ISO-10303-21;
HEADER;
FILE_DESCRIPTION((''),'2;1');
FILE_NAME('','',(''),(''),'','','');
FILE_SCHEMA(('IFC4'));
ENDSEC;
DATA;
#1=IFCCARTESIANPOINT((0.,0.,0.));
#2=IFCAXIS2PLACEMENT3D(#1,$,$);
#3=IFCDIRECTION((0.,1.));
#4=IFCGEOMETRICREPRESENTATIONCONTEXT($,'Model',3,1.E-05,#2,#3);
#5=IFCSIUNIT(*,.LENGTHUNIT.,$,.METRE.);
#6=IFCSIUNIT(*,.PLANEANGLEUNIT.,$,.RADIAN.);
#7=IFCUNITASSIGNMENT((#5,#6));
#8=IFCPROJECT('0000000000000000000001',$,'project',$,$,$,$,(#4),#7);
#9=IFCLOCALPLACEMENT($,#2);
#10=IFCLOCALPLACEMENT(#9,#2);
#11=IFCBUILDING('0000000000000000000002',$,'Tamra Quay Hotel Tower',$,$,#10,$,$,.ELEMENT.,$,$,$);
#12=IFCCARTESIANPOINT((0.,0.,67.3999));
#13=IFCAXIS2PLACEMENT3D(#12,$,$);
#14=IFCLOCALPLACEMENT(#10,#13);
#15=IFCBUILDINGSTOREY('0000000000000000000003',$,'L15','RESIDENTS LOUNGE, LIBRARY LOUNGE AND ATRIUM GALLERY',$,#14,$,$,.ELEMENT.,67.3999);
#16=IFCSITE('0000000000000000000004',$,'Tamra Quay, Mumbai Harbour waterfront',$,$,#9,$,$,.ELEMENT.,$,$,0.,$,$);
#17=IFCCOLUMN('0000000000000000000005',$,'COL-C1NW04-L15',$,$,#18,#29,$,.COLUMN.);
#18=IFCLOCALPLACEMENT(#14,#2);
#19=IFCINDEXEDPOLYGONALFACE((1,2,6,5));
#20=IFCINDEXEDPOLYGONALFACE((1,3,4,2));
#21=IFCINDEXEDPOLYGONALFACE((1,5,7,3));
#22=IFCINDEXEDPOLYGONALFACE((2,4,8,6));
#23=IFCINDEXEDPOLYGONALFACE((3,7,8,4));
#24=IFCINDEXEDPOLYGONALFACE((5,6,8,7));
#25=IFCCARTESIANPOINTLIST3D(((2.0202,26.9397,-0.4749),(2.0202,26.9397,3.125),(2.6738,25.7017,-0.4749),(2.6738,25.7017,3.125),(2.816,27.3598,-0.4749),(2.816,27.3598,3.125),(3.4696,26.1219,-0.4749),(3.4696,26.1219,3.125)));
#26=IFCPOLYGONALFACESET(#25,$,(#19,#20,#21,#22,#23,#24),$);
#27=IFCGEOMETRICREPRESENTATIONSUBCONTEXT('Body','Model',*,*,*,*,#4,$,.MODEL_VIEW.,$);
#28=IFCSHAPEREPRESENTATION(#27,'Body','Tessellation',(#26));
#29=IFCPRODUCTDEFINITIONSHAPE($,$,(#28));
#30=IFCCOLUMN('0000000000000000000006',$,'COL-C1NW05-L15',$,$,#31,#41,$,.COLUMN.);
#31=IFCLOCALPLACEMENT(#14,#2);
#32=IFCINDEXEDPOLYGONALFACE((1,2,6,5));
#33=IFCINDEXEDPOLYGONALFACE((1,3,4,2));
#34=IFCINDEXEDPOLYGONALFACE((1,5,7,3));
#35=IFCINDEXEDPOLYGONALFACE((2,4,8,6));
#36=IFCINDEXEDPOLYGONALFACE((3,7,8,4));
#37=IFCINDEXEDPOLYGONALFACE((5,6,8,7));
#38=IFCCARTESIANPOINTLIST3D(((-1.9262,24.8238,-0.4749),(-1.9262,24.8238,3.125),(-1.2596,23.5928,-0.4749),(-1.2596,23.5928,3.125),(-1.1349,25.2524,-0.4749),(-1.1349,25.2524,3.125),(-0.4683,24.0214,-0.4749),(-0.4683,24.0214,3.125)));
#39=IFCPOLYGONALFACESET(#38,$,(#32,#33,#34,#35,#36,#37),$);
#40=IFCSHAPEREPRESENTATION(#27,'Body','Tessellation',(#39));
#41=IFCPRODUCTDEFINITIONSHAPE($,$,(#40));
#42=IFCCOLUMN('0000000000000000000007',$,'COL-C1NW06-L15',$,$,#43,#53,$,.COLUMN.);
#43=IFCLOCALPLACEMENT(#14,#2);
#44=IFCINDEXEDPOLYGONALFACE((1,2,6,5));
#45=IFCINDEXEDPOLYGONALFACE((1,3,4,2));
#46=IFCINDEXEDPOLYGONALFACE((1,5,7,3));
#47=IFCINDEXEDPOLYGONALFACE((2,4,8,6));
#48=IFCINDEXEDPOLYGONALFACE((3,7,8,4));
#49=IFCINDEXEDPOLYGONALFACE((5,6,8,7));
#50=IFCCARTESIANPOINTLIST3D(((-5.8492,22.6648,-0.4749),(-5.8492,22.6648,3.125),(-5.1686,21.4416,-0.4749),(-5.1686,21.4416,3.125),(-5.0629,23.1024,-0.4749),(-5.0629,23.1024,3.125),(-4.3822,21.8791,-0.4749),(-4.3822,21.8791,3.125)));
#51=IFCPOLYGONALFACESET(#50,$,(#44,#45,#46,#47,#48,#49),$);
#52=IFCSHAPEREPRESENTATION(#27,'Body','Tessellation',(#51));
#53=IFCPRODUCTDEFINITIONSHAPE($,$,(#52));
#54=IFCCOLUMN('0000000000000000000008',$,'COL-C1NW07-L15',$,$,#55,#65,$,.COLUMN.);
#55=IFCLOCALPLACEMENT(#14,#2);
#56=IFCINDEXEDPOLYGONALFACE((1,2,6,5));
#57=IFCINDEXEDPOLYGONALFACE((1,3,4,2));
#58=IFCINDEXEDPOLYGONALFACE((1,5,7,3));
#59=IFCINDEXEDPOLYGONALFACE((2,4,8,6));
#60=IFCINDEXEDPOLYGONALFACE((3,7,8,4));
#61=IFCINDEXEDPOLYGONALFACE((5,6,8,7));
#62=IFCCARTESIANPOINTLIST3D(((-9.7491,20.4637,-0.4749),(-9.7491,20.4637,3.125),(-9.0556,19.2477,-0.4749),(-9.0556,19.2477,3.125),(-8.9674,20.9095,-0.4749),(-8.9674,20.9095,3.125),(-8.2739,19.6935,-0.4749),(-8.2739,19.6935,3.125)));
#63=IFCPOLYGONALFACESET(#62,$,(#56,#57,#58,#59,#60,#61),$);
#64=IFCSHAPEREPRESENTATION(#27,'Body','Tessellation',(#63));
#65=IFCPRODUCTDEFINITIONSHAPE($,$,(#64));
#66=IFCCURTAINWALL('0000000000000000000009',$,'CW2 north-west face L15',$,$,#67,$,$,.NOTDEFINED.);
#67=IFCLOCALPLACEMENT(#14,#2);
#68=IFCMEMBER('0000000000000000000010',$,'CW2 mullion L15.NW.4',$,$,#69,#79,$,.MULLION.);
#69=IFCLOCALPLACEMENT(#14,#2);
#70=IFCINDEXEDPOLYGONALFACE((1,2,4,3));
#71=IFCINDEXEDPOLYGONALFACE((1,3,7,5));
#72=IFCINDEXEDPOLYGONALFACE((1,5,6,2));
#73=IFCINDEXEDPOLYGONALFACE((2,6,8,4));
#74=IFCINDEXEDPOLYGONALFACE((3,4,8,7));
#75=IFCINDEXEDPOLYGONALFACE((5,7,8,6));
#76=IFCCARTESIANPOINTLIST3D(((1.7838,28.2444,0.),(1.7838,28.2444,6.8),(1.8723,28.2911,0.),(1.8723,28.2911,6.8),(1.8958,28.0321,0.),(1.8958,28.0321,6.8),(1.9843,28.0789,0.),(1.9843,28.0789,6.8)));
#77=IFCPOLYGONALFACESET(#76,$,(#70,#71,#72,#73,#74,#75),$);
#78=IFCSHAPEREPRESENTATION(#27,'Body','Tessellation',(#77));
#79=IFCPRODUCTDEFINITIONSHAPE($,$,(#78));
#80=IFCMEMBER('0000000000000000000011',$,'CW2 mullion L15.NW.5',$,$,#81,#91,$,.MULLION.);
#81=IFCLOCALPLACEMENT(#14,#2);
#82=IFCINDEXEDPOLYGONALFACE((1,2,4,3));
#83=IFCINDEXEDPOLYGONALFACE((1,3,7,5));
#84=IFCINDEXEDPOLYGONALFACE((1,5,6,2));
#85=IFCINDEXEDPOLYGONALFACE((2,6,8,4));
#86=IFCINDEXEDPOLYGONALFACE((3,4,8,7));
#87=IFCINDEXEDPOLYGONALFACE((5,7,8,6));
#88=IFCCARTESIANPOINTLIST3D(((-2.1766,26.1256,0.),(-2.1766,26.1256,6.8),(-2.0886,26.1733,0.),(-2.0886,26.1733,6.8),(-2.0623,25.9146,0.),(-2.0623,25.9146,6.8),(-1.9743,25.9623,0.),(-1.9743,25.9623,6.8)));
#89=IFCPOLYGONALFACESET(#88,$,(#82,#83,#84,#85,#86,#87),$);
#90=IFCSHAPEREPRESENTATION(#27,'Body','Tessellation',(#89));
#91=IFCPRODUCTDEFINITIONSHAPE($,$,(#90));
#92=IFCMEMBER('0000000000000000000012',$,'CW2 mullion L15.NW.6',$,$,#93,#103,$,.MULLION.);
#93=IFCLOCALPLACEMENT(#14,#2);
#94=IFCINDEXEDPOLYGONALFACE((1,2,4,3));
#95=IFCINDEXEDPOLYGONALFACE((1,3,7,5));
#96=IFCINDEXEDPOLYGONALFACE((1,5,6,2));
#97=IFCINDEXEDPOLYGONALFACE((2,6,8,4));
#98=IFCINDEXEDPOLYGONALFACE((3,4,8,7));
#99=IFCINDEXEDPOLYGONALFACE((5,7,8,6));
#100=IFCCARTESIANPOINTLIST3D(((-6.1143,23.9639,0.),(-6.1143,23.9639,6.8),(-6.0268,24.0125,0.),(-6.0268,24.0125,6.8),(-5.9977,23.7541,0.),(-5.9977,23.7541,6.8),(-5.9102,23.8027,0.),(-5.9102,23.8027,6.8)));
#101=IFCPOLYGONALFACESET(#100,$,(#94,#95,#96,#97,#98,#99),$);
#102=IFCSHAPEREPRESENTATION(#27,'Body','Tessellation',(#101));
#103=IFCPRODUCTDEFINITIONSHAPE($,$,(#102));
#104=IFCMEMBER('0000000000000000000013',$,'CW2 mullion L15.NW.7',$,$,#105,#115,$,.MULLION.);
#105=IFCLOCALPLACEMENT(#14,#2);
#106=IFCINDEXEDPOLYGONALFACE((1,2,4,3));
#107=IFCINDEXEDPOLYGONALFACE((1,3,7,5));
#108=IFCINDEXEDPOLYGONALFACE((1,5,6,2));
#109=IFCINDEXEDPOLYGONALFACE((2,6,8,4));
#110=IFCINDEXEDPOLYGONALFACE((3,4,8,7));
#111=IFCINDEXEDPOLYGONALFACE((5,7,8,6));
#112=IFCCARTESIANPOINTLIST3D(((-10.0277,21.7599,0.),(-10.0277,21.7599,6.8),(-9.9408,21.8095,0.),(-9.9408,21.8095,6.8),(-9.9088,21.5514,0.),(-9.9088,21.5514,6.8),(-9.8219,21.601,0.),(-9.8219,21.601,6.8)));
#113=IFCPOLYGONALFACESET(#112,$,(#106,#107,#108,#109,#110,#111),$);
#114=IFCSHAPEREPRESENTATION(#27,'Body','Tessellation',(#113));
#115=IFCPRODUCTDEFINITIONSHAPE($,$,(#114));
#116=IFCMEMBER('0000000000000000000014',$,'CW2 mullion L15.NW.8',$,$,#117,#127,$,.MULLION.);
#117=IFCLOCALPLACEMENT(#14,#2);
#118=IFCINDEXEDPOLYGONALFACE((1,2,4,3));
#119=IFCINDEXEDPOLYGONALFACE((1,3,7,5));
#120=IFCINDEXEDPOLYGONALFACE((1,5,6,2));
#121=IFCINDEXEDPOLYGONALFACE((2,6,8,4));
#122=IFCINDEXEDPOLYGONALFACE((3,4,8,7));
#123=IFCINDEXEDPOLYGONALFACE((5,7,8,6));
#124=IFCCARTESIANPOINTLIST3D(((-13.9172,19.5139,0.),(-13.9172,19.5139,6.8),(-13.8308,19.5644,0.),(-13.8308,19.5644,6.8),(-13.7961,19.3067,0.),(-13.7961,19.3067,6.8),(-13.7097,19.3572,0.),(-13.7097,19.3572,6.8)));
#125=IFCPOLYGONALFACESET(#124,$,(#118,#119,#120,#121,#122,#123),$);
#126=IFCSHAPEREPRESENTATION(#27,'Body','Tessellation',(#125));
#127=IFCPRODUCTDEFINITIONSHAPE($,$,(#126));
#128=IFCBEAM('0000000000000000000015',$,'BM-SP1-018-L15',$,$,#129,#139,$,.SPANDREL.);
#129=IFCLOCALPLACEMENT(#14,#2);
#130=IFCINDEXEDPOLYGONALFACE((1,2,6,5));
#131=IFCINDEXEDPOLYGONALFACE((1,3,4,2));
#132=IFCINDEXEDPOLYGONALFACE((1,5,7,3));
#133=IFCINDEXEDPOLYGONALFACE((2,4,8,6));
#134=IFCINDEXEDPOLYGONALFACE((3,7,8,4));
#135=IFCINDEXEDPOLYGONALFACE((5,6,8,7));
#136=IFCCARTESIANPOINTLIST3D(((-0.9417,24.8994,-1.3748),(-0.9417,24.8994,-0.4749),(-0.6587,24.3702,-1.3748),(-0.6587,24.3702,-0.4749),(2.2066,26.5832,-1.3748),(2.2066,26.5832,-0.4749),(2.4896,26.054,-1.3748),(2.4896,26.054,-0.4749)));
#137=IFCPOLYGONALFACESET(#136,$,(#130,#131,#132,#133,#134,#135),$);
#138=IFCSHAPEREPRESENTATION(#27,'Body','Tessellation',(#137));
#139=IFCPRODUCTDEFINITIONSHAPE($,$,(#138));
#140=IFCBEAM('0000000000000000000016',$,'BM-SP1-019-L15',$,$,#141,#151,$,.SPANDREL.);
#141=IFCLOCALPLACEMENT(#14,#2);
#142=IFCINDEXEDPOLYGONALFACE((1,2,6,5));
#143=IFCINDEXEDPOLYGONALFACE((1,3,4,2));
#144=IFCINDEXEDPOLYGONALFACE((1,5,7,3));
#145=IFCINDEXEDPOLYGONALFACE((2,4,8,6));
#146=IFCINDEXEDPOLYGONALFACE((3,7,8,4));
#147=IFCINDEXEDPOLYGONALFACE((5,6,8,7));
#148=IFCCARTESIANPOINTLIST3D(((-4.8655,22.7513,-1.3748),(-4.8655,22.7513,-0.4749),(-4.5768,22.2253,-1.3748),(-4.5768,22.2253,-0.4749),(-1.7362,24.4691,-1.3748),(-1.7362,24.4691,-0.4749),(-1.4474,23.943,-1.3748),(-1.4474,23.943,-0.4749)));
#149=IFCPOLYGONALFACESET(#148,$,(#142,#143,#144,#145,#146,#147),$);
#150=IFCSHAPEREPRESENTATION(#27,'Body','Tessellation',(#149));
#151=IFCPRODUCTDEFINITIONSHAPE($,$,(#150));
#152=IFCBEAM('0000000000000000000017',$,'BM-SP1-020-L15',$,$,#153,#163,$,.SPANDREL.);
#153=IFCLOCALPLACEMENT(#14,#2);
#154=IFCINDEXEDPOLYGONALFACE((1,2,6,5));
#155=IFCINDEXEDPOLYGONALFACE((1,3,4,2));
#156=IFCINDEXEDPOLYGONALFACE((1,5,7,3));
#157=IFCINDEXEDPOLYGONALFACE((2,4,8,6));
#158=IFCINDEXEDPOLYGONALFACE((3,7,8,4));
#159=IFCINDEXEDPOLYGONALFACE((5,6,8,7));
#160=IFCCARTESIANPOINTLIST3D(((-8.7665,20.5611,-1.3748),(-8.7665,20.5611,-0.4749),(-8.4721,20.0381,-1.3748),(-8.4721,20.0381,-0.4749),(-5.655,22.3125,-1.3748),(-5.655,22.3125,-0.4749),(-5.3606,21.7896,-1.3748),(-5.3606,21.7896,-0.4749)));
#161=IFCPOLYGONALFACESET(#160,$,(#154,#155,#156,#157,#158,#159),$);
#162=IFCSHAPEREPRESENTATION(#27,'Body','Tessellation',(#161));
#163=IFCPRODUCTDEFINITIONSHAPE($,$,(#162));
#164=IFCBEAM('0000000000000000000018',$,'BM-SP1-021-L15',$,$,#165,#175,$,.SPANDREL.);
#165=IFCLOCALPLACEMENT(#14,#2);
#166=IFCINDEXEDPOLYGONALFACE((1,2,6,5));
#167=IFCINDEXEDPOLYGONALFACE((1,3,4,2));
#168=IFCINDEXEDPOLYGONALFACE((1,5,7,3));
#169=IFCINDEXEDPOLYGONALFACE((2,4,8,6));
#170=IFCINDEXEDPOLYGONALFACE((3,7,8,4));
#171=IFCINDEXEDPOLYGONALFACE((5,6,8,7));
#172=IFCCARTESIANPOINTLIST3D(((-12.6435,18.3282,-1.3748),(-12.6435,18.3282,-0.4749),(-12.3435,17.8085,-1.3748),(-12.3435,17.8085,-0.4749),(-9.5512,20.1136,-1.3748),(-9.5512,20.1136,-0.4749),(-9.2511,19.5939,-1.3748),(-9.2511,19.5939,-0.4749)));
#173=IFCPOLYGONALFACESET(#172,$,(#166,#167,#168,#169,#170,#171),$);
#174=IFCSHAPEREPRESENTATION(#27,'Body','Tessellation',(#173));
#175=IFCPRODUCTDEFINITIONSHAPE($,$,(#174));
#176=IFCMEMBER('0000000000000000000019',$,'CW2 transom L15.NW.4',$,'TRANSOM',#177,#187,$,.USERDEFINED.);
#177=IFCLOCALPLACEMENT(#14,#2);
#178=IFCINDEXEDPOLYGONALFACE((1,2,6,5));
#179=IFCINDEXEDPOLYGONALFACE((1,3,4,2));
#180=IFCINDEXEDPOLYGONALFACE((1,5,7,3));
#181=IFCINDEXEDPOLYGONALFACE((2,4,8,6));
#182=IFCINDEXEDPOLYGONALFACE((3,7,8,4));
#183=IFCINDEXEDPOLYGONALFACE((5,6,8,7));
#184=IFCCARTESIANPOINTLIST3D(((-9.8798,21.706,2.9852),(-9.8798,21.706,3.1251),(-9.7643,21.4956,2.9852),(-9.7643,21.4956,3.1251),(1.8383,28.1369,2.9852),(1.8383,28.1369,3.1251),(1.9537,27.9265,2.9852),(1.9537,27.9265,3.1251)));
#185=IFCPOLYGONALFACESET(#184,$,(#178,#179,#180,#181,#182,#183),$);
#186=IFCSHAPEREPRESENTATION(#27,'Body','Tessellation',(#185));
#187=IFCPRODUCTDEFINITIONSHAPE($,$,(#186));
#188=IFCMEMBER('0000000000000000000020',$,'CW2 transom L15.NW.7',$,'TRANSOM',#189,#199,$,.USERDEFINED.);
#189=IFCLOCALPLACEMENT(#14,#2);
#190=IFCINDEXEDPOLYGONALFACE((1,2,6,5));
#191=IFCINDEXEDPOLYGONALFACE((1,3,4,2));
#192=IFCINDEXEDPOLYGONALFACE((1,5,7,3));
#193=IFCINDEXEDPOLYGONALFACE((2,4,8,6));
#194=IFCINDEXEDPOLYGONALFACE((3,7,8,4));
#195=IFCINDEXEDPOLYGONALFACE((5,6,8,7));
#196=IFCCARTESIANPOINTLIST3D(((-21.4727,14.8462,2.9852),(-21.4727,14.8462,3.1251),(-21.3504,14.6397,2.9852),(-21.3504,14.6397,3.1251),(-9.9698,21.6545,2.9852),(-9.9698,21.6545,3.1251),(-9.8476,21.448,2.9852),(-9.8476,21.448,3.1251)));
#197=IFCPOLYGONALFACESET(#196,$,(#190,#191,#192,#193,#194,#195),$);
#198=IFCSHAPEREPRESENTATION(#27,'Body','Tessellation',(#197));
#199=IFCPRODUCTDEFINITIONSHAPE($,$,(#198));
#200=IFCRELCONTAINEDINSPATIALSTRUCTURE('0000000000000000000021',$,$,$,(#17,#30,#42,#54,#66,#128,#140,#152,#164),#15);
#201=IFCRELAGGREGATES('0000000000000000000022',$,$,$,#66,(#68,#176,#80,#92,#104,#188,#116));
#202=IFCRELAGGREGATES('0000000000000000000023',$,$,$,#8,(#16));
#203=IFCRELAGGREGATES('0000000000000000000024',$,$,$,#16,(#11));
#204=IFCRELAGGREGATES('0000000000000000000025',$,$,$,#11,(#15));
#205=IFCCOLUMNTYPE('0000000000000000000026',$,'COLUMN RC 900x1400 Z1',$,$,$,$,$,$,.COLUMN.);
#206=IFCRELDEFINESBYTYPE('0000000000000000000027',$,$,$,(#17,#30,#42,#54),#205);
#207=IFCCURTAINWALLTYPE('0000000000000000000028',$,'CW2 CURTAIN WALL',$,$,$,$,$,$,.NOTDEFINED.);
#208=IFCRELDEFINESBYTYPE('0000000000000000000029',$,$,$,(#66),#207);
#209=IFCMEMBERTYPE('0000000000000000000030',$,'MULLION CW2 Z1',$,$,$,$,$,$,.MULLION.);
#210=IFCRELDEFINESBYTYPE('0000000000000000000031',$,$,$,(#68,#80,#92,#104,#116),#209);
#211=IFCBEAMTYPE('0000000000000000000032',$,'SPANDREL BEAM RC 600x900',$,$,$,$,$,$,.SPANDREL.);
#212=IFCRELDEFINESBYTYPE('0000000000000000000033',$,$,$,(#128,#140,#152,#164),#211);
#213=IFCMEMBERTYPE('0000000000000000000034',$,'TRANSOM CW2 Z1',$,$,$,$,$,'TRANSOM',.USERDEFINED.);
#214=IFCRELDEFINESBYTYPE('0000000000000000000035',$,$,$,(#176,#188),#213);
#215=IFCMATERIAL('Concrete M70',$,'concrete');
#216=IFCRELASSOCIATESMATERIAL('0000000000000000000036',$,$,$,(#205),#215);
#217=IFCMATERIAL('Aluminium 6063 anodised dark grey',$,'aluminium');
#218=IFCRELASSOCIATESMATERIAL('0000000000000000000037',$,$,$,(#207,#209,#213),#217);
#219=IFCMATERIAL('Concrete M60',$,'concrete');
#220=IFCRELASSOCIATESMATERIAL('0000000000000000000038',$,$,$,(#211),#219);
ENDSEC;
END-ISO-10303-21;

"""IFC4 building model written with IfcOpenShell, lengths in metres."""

from ifc_helpers import new_model, si_unit, direction, frame, origin, origin_2d, place, context, subcontext, project, spatial, rectangle, extrude, material, material_profile, profile_set, type_object, element, aggregate, save


model = new_model("IFC4")

# Units and contexts
model_context = context("Model", 3, precision=1e-05, world=origin(), true_north=direction((0.0, 1.0)))
body_context = subcontext(model_context, "Body", "Model", "MODEL_VIEW")
ifc_project = project(units=[si_unit("LENGTHUNIT", "METRE"), si_unit("PLANEANGLEUNIT", "RADIAN")], contexts=[model_context])

# Site, building, storey
site_placement = place(None, origin())
site = spatial("IfcSite", under=ifc_project, at=site_placement, Name="Tamra Quay, Mumbai Harbour waterfront", CompositionType="ELEMENT", RefElevation=0.0)
building_placement = place(site_placement, origin())
building = spatial("IfcBuilding", under=site, at=building_placement, Name="Tamra Quay Hotel Tower", CompositionType="ELEMENT")
storey_placement = place(building_placement, frame((0.0, 0.0, 67.3999)))
storey = spatial("IfcBuildingStorey", under=building, at=storey_placement, Name="L15", Description="RESIDENTS LOUNGE, LIBRARY LOUNGE AND ATRIUM GALLERY", CompositionType="ELEMENT", Elevation=67.3999)

# Columns
ifc_material_1 = material(Name="Concrete M70", Category="concrete")
ifc_material_profile_1 = material_profile(ifc_material_1, rectangle(XDim=1.3999, YDim=0.8999, at=origin_2d()), Name="COLUMN RC 900x1400 Z1")
ifc_profile_set_1 = profile_set([ifc_material_profile_1], Name="Concrete M70")
column_type = type_object("IfcColumnType", Name="COLUMN RC 900x1400 Z1", PredefinedType="COLUMN", material=ifc_profile_set_1)
for number, where, z_axis, x_axis, name in (
    (1, (2.7449, 26.5308, -0.4749), (0.0, 0.0, 1.0), (-0.466896, 0.884312, 0.0), "COL-C1NW04-L15"),
    (2, (-1.1973, 24.4226, -0.4749), (0.0, 0.0, 1.0), (-0.476198, 0.879338, 0.0), "COL-C1NW05-L15"),
    (3, (-5.1157, 22.272, -0.4749), (0.0, 0.0, 1.0), (-0.486221, 0.873836, 0.0), "COL-C1NW06-L15"),
    (4, (-9.0115, 20.0786, -0.4749), (0.0, 0.0, 1.0), (-0.495421, 0.868653, 0.0), "COL-C1NW07-L15"),
):
    element("IfcColumn", number, at=place(storey_placement, frame(where, z_axis=z_axis, x_axis=x_axis)), inside=storey, type_object=column_type, Name=name, PredefinedType="COLUMN", context=body_context, shape_type="SweptSolid", body=[
        extrude(rectangle(XDim=1.3999, YDim=0.8999, at=origin_2d()), origin(), (0.0, 0.0, 1.0), 3.5999),
    ])

# Curtain wall, members
ifc_material_2 = material(Name="Aluminium 6063 anodised dark grey", Category="aluminium")
curtain_wall_type = type_object("IfcCurtainWallType", Name="CW2 CURTAIN WALL", PredefinedType="NOTDEFINED", material=ifc_material_2)
curtain_wall_placement = place(storey_placement, origin())
curtain_wall = element("IfcCurtainWall", 5, at=curtain_wall_placement, inside=storey, type_object=curtain_wall_type, Name="CW2 north-west face L15", PredefinedType="NOTDEFINED")
ifc_material_profile_2 = material_profile(ifc_material_2, rectangle(XDim=0.24, YDim=0.1001, at=origin_2d()), Name="MULLION 100X240")
ifc_profile_set_2 = profile_set([ifc_material_profile_2], Name="Aluminium 6063 anodised dark grey")
member_type_1 = type_object("IfcMemberType", Name="MULLION CW2 Z1", PredefinedType="MULLION", material=ifc_profile_set_2)
member_1_placement = place(storey_placement, frame((1.884, 28.1616, 0.0), z_axis=(0.0, 0.0, 1.0), x_axis=(-0.466835, 0.884344, 0.0)))
member_1 = element("IfcMember", 6, at=member_1_placement, type_object=member_type_1, Name="CW2 mullion L15.NW.4", PredefinedType="MULLION", context=body_context, shape_type="SweptSolid", body=[
    extrude(rectangle(XDim=0.24, YDim=0.1001, at=origin_2d()), origin(), (0.0, 0.0, 1.0), 6.8),
])
member_2_placement = place(storey_placement, frame((-2.0754, 26.0439, 0.0), z_axis=(0.0, 0.0, 1.0), x_axis=(-0.476376, 0.879241, 0.0)))
member_2 = element("IfcMember", 7, at=member_2_placement, type_object=member_type_1, Name="CW2 mullion L15.NW.5", PredefinedType="MULLION", context=body_context, shape_type="SweptSolid", body=[
    extrude(rectangle(XDim=0.24, YDim=0.1001, at=origin_2d()), origin(), (0.0, 0.0, 1.0), 6.8),
])
member_3_placement = place(storey_placement, frame((-6.0122, 23.8833, 0.0), z_axis=(0.0, 0.0, 1.0), x_axis=(-0.485863, 0.874035, 0.0)))
member_3 = element("IfcMember", 8, at=member_3_placement, type_object=member_type_1, Name="CW2 mullion L15.NW.6", PredefinedType="MULLION", context=body_context, shape_type="SweptSolid", body=[
    extrude(rectangle(XDim=0.24, YDim=0.1001, at=origin_2d()), origin(), (0.0, 0.0, 1.0), 6.8),
])
member_4_placement = place(storey_placement, frame((-9.9248, 21.6804, 0.0), z_axis=(0.0, 0.0, 1.0), x_axis=(-0.4953, 0.868722, 0.0)))
member_4 = element("IfcMember", 9, at=member_4_placement, type_object=member_type_1, Name="CW2 mullion L15.NW.7", PredefinedType="MULLION", context=body_context, shape_type="SweptSolid", body=[
    extrude(rectangle(XDim=0.24, YDim=0.1001, at=origin_2d()), origin(), (0.0, 0.0, 1.0), 6.8),
])
member_5_placement = place(storey_placement, frame((-13.8135, 19.4355, 0.0), z_axis=(0.0, 0.0, 1.0), x_axis=(-0.504685, 0.863304, 0.0)))
member_5 = element("IfcMember", 10, at=member_5_placement, type_object=member_type_1, Name="CW2 mullion L15.NW.8", PredefinedType="MULLION", context=body_context, shape_type="SweptSolid", body=[
    extrude(rectangle(XDim=0.24, YDim=0.1001, at=origin_2d()), origin(), (0.0, 0.0, 1.0), 6.8),
])

# Beams
ifc_material_3 = material(Name="Concrete M60", Category="concrete")
ifc_material_profile_3 = material_profile(ifc_material_3, rectangle(XDim=0.6001, YDim=0.8999, at=origin_2d()), Name="SPANDREL BEAM RC 600x900")
ifc_profile_set_3 = profile_set([ifc_material_profile_3], Name="Concrete M60")
beam_type = type_object("IfcBeamType", Name="SPANDREL BEAM RC 600x900", PredefinedType="SPANDREL", material=ifc_profile_set_3)
beam_1_placement = place(storey_placement, frame((2.3481, 26.3186, -0.9248), z_axis=(-0.881809, -0.471607, 0.0), x_axis=(0.471607, -0.881809, 0.0)))
element("IfcBeam", 11, at=beam_1_placement, inside=storey, type_object=beam_type, Name="BM-SP1-018-L15", PredefinedType="SPANDREL", context=body_context, shape_type="SweptSolid", body=[
    extrude(rectangle(XDim=0.6001, YDim=0.8999, at=origin_2d()), origin(), (0.0, 0.0, 1.0), 3.5703),
])
beam_2_placement = place(storey_placement, frame((-1.5918, 24.2061, -0.9248), z_axis=(-0.876617, -0.481189, 0.0), x_axis=(0.481189, -0.876617, 0.0)))
element("IfcBeam", 12, at=beam_2_placement, inside=storey, type_object=beam_type, Name="BM-SP1-019-L15", PredefinedType="SPANDREL", context=body_context, shape_type="SweptSolid", body=[
    extrude(rectangle(XDim=0.6001, YDim=0.8999, at=origin_2d()), origin(), (0.0, 0.0, 1.0), 3.5698),
])
beam_3_placement = place(storey_placement, frame((-5.5078, 22.051, -0.9248), z_axis=(-0.871431, -0.490518, 0.0), x_axis=(0.490518, -0.871431, 0.0)))
element("IfcBeam", 13, at=beam_3_placement, inside=storey, type_object=beam_type, Name="BM-SP1-020-L15", PredefinedType="SPANDREL", context=body_context, shape_type="SweptSolid", body=[
    extrude(rectangle(XDim=0.6001, YDim=0.8999, at=origin_2d()), origin(), (0.0, 0.0, 1.0), 3.5706),
])
beam_4_placement = place(storey_placement, frame((-9.4011, 19.8538, -0.9248), z_axis=(-0.866017, -0.500014, 0.0), x_axis=(0.500014, -0.866017, 0.0)))
element("IfcBeam", 14, at=beam_4_placement, inside=storey, type_object=beam_type, Name="BM-SP1-021-L15", PredefinedType="SPANDREL", context=body_context, shape_type="SweptSolid", body=[
    extrude(rectangle(XDim=0.6001, YDim=0.8999, at=origin_2d()), origin(), (0.0, 0.0, 1.0), 3.5708),
])

# Members
ifc_material_profile_4 = material_profile(ifc_material_2, rectangle(XDim=0.24, YDim=0.1399, at=origin_2d()), Name="TRANSOM 240X140")
ifc_profile_set_4 = profile_set([ifc_material_profile_4], Name="Aluminium 6063 anodised dark grey")
member_type_2 = type_object("IfcMemberType", Name="TRANSOM CW2 Z1", ElementType="TRANSOM", PredefinedType="USERDEFINED", material=ifc_profile_set_4)
member_6_placement = place(storey_placement, frame((1.896, 28.0317, 3.0552), z_axis=(-0.876658, -0.481114, 0.0), x_axis=(0.481114, -0.876658, 0.0)))
member_6 = element("IfcMember", 15, at=member_6_placement, type_object=member_type_2, Name="CW2 transom L15.NW.4", ObjectType="TRANSOM", PredefinedType="USERDEFINED", context=body_context, shape_type="SweptSolid", body=[
    extrude(rectangle(XDim=0.24, YDim=0.1399, at=origin_2d()), origin(), (0.0, 0.0, 1.0), 13.3667),
])
member_7_placement = place(storey_placement, frame((-9.9087, 21.5513, 3.0552), z_axis=(-0.860561, -0.509348, 0.0), x_axis=(0.509348, -0.860561, 0.0)))
member_7 = element("IfcMember", 16, at=member_7_placement, type_object=member_type_2, Name="CW2 transom L15.NW.7", ObjectType="TRANSOM", PredefinedType="USERDEFINED", context=body_context, shape_type="SweptSolid", body=[
    extrude(rectangle(XDim=0.24, YDim=0.1399, at=origin_2d()), origin(), (0.0, 0.0, 1.0), 13.3667),
])

aggregate(curtain_wall, [member_1, member_6, member_2, member_3, member_4, member_7, member_5])

save(model, "model.ifc")
